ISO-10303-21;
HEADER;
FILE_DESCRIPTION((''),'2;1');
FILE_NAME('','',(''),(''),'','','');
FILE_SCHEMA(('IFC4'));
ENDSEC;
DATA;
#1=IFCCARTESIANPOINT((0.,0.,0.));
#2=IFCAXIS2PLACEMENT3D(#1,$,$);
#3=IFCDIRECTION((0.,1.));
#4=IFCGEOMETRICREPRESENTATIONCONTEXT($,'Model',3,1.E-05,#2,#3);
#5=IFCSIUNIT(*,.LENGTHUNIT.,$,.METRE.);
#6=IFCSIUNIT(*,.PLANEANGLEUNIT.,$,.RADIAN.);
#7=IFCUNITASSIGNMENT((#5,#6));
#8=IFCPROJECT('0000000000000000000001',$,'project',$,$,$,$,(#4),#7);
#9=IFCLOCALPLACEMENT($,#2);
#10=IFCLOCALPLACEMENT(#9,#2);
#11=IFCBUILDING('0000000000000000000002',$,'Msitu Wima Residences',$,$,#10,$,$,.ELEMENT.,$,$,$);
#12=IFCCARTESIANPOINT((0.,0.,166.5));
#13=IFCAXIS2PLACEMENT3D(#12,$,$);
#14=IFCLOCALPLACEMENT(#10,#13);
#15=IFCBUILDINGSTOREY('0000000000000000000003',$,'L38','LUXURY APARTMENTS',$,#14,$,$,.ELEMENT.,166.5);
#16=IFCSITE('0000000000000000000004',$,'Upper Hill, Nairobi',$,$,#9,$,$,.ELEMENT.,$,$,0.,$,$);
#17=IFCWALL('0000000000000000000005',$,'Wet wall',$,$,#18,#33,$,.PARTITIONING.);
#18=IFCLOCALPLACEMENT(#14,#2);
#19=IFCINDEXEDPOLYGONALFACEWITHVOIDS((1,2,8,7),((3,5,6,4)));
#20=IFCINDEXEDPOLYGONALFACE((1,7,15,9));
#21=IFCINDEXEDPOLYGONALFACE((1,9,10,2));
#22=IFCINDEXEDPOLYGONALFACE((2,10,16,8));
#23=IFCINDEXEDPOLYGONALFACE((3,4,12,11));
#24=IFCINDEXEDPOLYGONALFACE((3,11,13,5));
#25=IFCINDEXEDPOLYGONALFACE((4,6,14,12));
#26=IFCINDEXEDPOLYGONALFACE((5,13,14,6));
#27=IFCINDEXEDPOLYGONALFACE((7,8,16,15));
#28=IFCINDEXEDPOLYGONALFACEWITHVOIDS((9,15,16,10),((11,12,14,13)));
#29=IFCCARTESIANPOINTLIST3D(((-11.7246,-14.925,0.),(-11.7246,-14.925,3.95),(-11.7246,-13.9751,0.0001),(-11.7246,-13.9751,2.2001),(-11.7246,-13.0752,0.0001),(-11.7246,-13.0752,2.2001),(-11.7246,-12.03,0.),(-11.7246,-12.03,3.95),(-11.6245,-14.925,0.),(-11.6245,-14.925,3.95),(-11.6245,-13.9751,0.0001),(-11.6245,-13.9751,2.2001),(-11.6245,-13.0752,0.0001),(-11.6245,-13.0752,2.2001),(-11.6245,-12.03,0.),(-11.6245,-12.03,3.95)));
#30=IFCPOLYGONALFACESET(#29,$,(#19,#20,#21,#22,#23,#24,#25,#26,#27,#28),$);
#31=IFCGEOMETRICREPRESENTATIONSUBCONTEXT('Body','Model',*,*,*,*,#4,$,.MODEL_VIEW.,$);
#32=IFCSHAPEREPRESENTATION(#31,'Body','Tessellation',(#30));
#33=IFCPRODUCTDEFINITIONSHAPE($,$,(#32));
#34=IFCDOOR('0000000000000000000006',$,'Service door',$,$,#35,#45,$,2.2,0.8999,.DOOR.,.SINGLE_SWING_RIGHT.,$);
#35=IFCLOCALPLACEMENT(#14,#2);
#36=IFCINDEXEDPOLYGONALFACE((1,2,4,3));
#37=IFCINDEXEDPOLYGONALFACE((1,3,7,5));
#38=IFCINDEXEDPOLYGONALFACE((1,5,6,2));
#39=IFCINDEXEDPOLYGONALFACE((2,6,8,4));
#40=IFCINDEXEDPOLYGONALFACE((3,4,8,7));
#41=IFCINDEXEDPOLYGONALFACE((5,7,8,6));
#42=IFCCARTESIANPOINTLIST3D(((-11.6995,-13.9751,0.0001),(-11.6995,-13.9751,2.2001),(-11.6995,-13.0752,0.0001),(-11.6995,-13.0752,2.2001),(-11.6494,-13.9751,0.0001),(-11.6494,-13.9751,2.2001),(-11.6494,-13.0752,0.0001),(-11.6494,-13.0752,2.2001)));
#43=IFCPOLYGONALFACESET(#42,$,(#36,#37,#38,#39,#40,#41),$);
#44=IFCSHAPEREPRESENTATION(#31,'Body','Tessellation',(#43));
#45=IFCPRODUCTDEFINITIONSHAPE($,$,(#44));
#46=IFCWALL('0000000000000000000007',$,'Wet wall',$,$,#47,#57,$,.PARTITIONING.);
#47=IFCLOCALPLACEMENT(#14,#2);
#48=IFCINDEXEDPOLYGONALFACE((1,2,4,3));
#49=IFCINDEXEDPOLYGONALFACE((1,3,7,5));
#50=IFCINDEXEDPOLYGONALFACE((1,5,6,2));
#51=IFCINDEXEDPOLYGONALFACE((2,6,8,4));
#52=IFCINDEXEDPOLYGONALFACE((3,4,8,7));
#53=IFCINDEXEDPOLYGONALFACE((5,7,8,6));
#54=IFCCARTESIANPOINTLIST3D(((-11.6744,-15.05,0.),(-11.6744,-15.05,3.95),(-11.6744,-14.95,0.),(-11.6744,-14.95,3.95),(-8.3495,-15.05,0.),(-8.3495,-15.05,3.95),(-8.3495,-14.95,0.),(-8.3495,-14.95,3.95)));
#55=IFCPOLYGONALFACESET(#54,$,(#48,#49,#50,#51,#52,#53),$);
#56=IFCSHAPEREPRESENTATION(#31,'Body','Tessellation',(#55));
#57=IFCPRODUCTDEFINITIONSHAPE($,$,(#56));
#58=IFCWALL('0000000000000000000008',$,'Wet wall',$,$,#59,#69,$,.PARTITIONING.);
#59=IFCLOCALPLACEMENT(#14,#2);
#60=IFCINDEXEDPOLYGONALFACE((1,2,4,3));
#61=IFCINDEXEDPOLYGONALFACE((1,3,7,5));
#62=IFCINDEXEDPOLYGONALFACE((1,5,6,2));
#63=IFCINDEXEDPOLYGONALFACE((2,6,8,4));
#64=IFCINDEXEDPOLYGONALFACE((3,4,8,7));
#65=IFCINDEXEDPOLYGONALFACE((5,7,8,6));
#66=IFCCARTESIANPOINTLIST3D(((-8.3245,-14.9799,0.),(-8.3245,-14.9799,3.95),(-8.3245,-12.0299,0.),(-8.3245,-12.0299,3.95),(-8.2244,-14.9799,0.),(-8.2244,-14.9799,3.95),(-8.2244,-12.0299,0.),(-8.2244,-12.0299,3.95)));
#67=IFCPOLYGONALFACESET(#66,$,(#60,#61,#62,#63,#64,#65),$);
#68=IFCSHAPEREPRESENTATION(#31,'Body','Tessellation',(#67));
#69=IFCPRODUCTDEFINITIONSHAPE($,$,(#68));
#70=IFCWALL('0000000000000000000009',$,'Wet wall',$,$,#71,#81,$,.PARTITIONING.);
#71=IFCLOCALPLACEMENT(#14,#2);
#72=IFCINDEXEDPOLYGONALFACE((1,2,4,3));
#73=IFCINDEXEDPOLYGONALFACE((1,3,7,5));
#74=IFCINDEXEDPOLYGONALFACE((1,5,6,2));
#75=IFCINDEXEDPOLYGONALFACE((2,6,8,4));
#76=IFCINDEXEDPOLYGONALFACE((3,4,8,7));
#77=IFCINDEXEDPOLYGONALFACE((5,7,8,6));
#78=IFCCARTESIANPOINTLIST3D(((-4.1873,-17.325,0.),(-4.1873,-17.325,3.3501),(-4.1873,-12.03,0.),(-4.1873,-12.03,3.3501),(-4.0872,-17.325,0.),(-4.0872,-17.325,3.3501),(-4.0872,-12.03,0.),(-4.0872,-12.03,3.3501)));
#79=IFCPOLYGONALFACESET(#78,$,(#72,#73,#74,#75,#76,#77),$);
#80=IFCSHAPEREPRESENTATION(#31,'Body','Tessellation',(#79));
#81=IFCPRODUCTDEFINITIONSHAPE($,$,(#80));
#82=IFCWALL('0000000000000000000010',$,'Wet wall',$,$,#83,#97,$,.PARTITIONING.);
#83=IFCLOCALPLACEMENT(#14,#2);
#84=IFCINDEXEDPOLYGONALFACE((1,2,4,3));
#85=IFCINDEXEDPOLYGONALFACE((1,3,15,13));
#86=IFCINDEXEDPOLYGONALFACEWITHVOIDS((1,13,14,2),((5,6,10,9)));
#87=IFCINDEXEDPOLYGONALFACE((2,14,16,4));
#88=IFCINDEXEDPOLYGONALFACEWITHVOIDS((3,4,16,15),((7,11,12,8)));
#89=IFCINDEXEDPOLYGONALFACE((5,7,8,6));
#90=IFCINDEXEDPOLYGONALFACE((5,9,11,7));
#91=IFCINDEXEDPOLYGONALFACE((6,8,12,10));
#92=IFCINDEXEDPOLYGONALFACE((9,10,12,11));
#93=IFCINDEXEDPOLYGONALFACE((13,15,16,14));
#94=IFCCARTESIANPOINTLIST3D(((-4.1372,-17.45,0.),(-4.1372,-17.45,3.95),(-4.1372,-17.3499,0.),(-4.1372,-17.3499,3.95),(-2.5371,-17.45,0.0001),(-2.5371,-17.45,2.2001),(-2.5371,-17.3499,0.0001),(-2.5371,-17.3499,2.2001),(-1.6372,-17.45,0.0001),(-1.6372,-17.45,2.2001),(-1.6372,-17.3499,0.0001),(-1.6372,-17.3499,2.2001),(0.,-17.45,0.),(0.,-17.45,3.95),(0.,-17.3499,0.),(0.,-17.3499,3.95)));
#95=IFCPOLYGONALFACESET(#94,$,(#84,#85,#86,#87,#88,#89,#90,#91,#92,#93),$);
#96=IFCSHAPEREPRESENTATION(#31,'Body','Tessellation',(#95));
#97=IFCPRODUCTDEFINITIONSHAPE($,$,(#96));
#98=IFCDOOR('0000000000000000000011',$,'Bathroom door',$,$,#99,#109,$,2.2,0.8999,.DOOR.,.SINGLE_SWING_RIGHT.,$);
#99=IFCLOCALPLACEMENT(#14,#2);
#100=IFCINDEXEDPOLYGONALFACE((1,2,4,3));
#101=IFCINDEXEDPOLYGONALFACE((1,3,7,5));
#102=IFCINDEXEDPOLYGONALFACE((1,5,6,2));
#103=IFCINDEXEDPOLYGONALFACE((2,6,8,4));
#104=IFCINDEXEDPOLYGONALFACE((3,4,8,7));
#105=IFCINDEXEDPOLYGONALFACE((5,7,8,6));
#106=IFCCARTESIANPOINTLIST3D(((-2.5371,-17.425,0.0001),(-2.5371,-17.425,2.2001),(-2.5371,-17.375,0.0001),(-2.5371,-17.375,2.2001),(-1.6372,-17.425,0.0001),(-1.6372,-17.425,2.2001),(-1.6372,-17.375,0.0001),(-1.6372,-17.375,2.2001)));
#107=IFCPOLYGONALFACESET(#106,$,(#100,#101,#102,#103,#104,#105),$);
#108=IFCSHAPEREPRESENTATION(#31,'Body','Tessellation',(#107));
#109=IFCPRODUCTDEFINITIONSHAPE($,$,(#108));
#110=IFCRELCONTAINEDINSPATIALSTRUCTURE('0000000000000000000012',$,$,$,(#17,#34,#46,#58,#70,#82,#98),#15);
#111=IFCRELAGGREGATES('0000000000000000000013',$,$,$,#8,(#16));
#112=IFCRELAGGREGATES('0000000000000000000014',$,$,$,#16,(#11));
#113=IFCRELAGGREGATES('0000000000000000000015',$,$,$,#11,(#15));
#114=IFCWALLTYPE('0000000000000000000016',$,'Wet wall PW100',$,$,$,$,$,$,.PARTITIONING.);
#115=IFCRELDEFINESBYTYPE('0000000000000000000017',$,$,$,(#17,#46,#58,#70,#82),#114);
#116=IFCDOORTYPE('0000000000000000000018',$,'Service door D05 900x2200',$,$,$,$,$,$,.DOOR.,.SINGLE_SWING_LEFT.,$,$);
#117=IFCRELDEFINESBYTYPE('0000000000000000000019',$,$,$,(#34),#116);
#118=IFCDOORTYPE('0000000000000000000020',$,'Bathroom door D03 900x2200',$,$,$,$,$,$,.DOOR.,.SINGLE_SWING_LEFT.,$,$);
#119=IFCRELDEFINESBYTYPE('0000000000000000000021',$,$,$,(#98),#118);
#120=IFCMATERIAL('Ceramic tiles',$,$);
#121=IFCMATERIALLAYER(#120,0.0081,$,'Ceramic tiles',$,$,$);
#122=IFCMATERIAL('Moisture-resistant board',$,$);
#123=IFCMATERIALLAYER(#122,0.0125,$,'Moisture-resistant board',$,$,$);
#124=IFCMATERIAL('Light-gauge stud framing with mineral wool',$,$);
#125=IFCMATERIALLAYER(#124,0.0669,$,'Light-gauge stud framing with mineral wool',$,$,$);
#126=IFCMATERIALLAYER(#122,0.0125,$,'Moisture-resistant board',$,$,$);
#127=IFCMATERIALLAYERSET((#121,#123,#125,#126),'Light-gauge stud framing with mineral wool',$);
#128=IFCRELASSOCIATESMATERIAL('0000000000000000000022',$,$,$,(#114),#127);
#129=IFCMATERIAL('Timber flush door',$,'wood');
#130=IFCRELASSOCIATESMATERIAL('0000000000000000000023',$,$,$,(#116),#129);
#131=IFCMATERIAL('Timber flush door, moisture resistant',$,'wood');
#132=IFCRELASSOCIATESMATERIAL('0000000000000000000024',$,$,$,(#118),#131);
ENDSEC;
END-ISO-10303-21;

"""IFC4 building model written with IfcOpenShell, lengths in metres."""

from ifc_helpers import new_model, si_unit, direction, frame, frame_2d, origin, place, context, subcontext, project, spatial, rectangle, extrude, material, layer, layer_set, type_object, element, fill, save


model = new_model("IFC4")

# Units and contexts
model_context = context("Model", 3, precision=1e-05, world=origin(), true_north=direction((0.0, 1.0)))
body_context = subcontext(model_context, "Body", "Model", "MODEL_VIEW")
ifc_project = project(units=[si_unit("LENGTHUNIT", "METRE"), si_unit("PLANEANGLEUNIT", "RADIAN")], contexts=[model_context])

# Site, building, storey
site_placement = place(None, origin())
site = spatial("IfcSite", under=ifc_project, at=site_placement, Name="Upper Hill, Nairobi", CompositionType="ELEMENT", RefElevation=0.0)
building_placement = place(site_placement, origin())
building = spatial("IfcBuilding", under=site, at=building_placement, Name="Msitu Wima Residences", CompositionType="ELEMENT")
storey_placement = place(building_placement, frame((0.0, 0.0, 166.5)))
storey = spatial("IfcBuildingStorey", under=building, at=storey_placement, Name="L38", Description="LUXURY APARTMENTS", CompositionType="ELEMENT", Elevation=166.5)

# Wall, opening, door
ifc_material_1 = material(Name="Timber flush door", Category="wood")
ifc_material_2 = material(Name="Ceramic tiles")
ifc_layer_1 = layer(ifc_material_2, 0.0081, Name="Ceramic tiles")
ifc_material_3 = material(Name="Moisture-resistant board")
ifc_layer_2 = layer(ifc_material_3, 0.0125, Name="Moisture-resistant board")
ifc_material_4 = material(Name="Light-gauge stud framing with mineral wool")
ifc_layer_3 = layer(ifc_material_4, 0.0669, Name="Light-gauge stud framing with mineral wool")
ifc_layer_4 = layer(ifc_material_3, 0.0125, Name="Moisture-resistant board")
ifc_layer_set_1 = layer_set([ifc_layer_1, ifc_layer_2, ifc_layer_3, ifc_layer_4], Name="Light-gauge stud framing with mineral wool")
wall_type_1 = type_object("IfcWallType", Name="Wet wall PW100", PredefinedType="PARTITIONING", material=ifc_layer_set_1)
wall_1_placement = place(storey_placement, frame((-11.6746, -14.925, 0.0), z_axis=(0.0, 0.0, 1.0), x_axis=(0.0, 1.0, 0.0)))
wall_1 = element("IfcWall", 1, at=wall_1_placement, inside=storey, type_object=wall_type_1, Name="Wet wall", PredefinedType="PARTITIONING", context=body_context, shape_type="SweptSolid", body=[
    extrude(rectangle(XDim=2.895, YDim=0.1001, at=frame_2d((1.4475, 0.0))), origin(), (0.0, 0.0, 1.0), 3.95),
])
opening_1_placement = place(wall_1_placement, frame((0.95, 0.0, 0.0)))
opening_1 = element("IfcOpeningElement", 2, at=opening_1_placement, cuts=wall_1, PredefinedType="OPENING", context=body_context, shape_type="SweptSolid", body=[
    extrude(rectangle(XDim=0.8999, YDim=2.2, at=frame_2d((0.45, 1.1001))), frame((0.0, 0.0601, 0.0), z_axis=(0.0, -1.0, 0.0), x_axis=(1.0, 0.0, 0.0)), (0.0, 0.0, 1.0), 0.1201),
])
door_type_1 = type_object("IfcDoorType", Name="Service door D05 900x2200", OperationType="SINGLE_SWING_LEFT", PredefinedType="DOOR", material=ifc_material_1)
door_1_placement = place(opening_1_placement, origin())
door_1 = element("IfcDoor", 3, at=door_1_placement, inside=storey, type_object=door_type_1, Name="Service door", OperationType="SINGLE_SWING_RIGHT", OverallHeight=2.2, OverallWidth=0.8999, PredefinedType="DOOR", context=body_context, shape_type="SweptSolid", body=[
    extrude(rectangle(XDim=0.8999, YDim=2.2, at=frame_2d((0.45, 1.1001))), frame((0.0, 0.0249, 0.0), z_axis=(0.0, -1.0, 0.0), x_axis=(1.0, 0.0, 0.0)), (0.0, 0.0, 1.0), 0.05),
])
fill(opening_1, door_1)

# Walls
wall_2_placement = place(storey_placement, frame((-11.6746, -15.0, 0.0), z_axis=(0.0, 0.0, 1.0), x_axis=(1.0, 0.0, 0.0)))
element("IfcWall", 4, at=wall_2_placement, inside=storey, type_object=wall_type_1, Name="Wet wall", PredefinedType="PARTITIONING", context=body_context, shape_type="SweptSolid", body=[
    extrude(rectangle(XDim=3.325, YDim=0.1001, at=frame_2d((1.6626, 0.0))), origin(), (0.0, 0.0, 1.0), 3.95),
])
wall_3_placement = place(storey_placement, frame((-8.2744, -14.98, 0.0), z_axis=(0.0, 0.0, 1.0), x_axis=(0.0, 1.0, 0.0)))
element("IfcWall", 5, at=wall_3_placement, inside=storey, type_object=wall_type_1, Name="Wet wall", PredefinedType="PARTITIONING", context=body_context, shape_type="SweptSolid", body=[
    extrude(rectangle(XDim=2.95, YDim=0.1001, at=frame_2d((1.4751, 0.0))), origin(), (0.0, 0.0, 1.0), 3.95),
])
wall_4_placement = place(storey_placement, frame((-4.1372, -17.325, 0.0), z_axis=(0.0, 0.0, 1.0), x_axis=(0.0, 1.0, 0.0)))
element("IfcWall", 6, at=wall_4_placement, inside=storey, type_object=wall_type_1, Name="Wet wall", PredefinedType="PARTITIONING", context=body_context, shape_type="SweptSolid", body=[
    extrude(rectangle(XDim=5.2949, YDim=0.1001, at=frame_2d((2.6475, 0.0))), origin(), (0.0, 0.0, 1.0), 3.3501),
])

# Wall, opening, door
wall_5_placement = place(storey_placement, frame((-4.1372, -17.3999, 0.0), z_axis=(0.0, 0.0, 1.0), x_axis=(1.0, 0.0, 0.0)))
wall_5 = element("IfcWall", 7, at=wall_5_placement, inside=storey, type_object=wall_type_1, Name="Wet wall", PredefinedType="PARTITIONING", context=body_context, shape_type="SweptSolid", body=[
    extrude(rectangle(XDim=4.1372, YDim=0.1001, at=frame_2d((2.0686, 0.0))), origin(), (0.0, 0.0, 1.0), 3.95),
])
opening_2_placement = place(wall_5_placement, frame((1.6001, 0.0, 0.0)))
opening_2 = element("IfcOpeningElement", 8, at=opening_2_placement, cuts=wall_5, PredefinedType="OPENING", context=body_context, shape_type="SweptSolid", body=[
    extrude(rectangle(XDim=0.8999, YDim=2.2, at=frame_2d((0.45, 1.1001))), frame((0.0, 0.0601, 0.0), z_axis=(0.0, -1.0, 0.0), x_axis=(1.0, 0.0, 0.0)), (0.0, 0.0, 1.0), 0.1201),
])
ifc_material_5 = material(Name="Timber flush door, moisture resistant", Category="wood")
door_type_2 = type_object("IfcDoorType", Name="Bathroom door D03 900x2200", OperationType="SINGLE_SWING_LEFT", PredefinedType="DOOR", material=ifc_material_5)
door_2_placement = place(opening_2_placement, origin())
door_2 = element("IfcDoor", 9, at=door_2_placement, inside=storey, type_object=door_type_2, Name="Bathroom door", OperationType="SINGLE_SWING_RIGHT", OverallHeight=2.2, OverallWidth=0.8999, PredefinedType="DOOR", context=body_context, shape_type="SweptSolid", body=[
    extrude(rectangle(XDim=0.8999, YDim=2.2, at=frame_2d((0.45, 1.1001))), frame((0.0, 0.0249, 0.0), z_axis=(0.0, -1.0, 0.0), x_axis=(1.0, 0.0, 0.0)), (0.0, 0.0, 1.0), 0.05),
])
fill(opening_2, door_2)

save(model, "model.ifc")
